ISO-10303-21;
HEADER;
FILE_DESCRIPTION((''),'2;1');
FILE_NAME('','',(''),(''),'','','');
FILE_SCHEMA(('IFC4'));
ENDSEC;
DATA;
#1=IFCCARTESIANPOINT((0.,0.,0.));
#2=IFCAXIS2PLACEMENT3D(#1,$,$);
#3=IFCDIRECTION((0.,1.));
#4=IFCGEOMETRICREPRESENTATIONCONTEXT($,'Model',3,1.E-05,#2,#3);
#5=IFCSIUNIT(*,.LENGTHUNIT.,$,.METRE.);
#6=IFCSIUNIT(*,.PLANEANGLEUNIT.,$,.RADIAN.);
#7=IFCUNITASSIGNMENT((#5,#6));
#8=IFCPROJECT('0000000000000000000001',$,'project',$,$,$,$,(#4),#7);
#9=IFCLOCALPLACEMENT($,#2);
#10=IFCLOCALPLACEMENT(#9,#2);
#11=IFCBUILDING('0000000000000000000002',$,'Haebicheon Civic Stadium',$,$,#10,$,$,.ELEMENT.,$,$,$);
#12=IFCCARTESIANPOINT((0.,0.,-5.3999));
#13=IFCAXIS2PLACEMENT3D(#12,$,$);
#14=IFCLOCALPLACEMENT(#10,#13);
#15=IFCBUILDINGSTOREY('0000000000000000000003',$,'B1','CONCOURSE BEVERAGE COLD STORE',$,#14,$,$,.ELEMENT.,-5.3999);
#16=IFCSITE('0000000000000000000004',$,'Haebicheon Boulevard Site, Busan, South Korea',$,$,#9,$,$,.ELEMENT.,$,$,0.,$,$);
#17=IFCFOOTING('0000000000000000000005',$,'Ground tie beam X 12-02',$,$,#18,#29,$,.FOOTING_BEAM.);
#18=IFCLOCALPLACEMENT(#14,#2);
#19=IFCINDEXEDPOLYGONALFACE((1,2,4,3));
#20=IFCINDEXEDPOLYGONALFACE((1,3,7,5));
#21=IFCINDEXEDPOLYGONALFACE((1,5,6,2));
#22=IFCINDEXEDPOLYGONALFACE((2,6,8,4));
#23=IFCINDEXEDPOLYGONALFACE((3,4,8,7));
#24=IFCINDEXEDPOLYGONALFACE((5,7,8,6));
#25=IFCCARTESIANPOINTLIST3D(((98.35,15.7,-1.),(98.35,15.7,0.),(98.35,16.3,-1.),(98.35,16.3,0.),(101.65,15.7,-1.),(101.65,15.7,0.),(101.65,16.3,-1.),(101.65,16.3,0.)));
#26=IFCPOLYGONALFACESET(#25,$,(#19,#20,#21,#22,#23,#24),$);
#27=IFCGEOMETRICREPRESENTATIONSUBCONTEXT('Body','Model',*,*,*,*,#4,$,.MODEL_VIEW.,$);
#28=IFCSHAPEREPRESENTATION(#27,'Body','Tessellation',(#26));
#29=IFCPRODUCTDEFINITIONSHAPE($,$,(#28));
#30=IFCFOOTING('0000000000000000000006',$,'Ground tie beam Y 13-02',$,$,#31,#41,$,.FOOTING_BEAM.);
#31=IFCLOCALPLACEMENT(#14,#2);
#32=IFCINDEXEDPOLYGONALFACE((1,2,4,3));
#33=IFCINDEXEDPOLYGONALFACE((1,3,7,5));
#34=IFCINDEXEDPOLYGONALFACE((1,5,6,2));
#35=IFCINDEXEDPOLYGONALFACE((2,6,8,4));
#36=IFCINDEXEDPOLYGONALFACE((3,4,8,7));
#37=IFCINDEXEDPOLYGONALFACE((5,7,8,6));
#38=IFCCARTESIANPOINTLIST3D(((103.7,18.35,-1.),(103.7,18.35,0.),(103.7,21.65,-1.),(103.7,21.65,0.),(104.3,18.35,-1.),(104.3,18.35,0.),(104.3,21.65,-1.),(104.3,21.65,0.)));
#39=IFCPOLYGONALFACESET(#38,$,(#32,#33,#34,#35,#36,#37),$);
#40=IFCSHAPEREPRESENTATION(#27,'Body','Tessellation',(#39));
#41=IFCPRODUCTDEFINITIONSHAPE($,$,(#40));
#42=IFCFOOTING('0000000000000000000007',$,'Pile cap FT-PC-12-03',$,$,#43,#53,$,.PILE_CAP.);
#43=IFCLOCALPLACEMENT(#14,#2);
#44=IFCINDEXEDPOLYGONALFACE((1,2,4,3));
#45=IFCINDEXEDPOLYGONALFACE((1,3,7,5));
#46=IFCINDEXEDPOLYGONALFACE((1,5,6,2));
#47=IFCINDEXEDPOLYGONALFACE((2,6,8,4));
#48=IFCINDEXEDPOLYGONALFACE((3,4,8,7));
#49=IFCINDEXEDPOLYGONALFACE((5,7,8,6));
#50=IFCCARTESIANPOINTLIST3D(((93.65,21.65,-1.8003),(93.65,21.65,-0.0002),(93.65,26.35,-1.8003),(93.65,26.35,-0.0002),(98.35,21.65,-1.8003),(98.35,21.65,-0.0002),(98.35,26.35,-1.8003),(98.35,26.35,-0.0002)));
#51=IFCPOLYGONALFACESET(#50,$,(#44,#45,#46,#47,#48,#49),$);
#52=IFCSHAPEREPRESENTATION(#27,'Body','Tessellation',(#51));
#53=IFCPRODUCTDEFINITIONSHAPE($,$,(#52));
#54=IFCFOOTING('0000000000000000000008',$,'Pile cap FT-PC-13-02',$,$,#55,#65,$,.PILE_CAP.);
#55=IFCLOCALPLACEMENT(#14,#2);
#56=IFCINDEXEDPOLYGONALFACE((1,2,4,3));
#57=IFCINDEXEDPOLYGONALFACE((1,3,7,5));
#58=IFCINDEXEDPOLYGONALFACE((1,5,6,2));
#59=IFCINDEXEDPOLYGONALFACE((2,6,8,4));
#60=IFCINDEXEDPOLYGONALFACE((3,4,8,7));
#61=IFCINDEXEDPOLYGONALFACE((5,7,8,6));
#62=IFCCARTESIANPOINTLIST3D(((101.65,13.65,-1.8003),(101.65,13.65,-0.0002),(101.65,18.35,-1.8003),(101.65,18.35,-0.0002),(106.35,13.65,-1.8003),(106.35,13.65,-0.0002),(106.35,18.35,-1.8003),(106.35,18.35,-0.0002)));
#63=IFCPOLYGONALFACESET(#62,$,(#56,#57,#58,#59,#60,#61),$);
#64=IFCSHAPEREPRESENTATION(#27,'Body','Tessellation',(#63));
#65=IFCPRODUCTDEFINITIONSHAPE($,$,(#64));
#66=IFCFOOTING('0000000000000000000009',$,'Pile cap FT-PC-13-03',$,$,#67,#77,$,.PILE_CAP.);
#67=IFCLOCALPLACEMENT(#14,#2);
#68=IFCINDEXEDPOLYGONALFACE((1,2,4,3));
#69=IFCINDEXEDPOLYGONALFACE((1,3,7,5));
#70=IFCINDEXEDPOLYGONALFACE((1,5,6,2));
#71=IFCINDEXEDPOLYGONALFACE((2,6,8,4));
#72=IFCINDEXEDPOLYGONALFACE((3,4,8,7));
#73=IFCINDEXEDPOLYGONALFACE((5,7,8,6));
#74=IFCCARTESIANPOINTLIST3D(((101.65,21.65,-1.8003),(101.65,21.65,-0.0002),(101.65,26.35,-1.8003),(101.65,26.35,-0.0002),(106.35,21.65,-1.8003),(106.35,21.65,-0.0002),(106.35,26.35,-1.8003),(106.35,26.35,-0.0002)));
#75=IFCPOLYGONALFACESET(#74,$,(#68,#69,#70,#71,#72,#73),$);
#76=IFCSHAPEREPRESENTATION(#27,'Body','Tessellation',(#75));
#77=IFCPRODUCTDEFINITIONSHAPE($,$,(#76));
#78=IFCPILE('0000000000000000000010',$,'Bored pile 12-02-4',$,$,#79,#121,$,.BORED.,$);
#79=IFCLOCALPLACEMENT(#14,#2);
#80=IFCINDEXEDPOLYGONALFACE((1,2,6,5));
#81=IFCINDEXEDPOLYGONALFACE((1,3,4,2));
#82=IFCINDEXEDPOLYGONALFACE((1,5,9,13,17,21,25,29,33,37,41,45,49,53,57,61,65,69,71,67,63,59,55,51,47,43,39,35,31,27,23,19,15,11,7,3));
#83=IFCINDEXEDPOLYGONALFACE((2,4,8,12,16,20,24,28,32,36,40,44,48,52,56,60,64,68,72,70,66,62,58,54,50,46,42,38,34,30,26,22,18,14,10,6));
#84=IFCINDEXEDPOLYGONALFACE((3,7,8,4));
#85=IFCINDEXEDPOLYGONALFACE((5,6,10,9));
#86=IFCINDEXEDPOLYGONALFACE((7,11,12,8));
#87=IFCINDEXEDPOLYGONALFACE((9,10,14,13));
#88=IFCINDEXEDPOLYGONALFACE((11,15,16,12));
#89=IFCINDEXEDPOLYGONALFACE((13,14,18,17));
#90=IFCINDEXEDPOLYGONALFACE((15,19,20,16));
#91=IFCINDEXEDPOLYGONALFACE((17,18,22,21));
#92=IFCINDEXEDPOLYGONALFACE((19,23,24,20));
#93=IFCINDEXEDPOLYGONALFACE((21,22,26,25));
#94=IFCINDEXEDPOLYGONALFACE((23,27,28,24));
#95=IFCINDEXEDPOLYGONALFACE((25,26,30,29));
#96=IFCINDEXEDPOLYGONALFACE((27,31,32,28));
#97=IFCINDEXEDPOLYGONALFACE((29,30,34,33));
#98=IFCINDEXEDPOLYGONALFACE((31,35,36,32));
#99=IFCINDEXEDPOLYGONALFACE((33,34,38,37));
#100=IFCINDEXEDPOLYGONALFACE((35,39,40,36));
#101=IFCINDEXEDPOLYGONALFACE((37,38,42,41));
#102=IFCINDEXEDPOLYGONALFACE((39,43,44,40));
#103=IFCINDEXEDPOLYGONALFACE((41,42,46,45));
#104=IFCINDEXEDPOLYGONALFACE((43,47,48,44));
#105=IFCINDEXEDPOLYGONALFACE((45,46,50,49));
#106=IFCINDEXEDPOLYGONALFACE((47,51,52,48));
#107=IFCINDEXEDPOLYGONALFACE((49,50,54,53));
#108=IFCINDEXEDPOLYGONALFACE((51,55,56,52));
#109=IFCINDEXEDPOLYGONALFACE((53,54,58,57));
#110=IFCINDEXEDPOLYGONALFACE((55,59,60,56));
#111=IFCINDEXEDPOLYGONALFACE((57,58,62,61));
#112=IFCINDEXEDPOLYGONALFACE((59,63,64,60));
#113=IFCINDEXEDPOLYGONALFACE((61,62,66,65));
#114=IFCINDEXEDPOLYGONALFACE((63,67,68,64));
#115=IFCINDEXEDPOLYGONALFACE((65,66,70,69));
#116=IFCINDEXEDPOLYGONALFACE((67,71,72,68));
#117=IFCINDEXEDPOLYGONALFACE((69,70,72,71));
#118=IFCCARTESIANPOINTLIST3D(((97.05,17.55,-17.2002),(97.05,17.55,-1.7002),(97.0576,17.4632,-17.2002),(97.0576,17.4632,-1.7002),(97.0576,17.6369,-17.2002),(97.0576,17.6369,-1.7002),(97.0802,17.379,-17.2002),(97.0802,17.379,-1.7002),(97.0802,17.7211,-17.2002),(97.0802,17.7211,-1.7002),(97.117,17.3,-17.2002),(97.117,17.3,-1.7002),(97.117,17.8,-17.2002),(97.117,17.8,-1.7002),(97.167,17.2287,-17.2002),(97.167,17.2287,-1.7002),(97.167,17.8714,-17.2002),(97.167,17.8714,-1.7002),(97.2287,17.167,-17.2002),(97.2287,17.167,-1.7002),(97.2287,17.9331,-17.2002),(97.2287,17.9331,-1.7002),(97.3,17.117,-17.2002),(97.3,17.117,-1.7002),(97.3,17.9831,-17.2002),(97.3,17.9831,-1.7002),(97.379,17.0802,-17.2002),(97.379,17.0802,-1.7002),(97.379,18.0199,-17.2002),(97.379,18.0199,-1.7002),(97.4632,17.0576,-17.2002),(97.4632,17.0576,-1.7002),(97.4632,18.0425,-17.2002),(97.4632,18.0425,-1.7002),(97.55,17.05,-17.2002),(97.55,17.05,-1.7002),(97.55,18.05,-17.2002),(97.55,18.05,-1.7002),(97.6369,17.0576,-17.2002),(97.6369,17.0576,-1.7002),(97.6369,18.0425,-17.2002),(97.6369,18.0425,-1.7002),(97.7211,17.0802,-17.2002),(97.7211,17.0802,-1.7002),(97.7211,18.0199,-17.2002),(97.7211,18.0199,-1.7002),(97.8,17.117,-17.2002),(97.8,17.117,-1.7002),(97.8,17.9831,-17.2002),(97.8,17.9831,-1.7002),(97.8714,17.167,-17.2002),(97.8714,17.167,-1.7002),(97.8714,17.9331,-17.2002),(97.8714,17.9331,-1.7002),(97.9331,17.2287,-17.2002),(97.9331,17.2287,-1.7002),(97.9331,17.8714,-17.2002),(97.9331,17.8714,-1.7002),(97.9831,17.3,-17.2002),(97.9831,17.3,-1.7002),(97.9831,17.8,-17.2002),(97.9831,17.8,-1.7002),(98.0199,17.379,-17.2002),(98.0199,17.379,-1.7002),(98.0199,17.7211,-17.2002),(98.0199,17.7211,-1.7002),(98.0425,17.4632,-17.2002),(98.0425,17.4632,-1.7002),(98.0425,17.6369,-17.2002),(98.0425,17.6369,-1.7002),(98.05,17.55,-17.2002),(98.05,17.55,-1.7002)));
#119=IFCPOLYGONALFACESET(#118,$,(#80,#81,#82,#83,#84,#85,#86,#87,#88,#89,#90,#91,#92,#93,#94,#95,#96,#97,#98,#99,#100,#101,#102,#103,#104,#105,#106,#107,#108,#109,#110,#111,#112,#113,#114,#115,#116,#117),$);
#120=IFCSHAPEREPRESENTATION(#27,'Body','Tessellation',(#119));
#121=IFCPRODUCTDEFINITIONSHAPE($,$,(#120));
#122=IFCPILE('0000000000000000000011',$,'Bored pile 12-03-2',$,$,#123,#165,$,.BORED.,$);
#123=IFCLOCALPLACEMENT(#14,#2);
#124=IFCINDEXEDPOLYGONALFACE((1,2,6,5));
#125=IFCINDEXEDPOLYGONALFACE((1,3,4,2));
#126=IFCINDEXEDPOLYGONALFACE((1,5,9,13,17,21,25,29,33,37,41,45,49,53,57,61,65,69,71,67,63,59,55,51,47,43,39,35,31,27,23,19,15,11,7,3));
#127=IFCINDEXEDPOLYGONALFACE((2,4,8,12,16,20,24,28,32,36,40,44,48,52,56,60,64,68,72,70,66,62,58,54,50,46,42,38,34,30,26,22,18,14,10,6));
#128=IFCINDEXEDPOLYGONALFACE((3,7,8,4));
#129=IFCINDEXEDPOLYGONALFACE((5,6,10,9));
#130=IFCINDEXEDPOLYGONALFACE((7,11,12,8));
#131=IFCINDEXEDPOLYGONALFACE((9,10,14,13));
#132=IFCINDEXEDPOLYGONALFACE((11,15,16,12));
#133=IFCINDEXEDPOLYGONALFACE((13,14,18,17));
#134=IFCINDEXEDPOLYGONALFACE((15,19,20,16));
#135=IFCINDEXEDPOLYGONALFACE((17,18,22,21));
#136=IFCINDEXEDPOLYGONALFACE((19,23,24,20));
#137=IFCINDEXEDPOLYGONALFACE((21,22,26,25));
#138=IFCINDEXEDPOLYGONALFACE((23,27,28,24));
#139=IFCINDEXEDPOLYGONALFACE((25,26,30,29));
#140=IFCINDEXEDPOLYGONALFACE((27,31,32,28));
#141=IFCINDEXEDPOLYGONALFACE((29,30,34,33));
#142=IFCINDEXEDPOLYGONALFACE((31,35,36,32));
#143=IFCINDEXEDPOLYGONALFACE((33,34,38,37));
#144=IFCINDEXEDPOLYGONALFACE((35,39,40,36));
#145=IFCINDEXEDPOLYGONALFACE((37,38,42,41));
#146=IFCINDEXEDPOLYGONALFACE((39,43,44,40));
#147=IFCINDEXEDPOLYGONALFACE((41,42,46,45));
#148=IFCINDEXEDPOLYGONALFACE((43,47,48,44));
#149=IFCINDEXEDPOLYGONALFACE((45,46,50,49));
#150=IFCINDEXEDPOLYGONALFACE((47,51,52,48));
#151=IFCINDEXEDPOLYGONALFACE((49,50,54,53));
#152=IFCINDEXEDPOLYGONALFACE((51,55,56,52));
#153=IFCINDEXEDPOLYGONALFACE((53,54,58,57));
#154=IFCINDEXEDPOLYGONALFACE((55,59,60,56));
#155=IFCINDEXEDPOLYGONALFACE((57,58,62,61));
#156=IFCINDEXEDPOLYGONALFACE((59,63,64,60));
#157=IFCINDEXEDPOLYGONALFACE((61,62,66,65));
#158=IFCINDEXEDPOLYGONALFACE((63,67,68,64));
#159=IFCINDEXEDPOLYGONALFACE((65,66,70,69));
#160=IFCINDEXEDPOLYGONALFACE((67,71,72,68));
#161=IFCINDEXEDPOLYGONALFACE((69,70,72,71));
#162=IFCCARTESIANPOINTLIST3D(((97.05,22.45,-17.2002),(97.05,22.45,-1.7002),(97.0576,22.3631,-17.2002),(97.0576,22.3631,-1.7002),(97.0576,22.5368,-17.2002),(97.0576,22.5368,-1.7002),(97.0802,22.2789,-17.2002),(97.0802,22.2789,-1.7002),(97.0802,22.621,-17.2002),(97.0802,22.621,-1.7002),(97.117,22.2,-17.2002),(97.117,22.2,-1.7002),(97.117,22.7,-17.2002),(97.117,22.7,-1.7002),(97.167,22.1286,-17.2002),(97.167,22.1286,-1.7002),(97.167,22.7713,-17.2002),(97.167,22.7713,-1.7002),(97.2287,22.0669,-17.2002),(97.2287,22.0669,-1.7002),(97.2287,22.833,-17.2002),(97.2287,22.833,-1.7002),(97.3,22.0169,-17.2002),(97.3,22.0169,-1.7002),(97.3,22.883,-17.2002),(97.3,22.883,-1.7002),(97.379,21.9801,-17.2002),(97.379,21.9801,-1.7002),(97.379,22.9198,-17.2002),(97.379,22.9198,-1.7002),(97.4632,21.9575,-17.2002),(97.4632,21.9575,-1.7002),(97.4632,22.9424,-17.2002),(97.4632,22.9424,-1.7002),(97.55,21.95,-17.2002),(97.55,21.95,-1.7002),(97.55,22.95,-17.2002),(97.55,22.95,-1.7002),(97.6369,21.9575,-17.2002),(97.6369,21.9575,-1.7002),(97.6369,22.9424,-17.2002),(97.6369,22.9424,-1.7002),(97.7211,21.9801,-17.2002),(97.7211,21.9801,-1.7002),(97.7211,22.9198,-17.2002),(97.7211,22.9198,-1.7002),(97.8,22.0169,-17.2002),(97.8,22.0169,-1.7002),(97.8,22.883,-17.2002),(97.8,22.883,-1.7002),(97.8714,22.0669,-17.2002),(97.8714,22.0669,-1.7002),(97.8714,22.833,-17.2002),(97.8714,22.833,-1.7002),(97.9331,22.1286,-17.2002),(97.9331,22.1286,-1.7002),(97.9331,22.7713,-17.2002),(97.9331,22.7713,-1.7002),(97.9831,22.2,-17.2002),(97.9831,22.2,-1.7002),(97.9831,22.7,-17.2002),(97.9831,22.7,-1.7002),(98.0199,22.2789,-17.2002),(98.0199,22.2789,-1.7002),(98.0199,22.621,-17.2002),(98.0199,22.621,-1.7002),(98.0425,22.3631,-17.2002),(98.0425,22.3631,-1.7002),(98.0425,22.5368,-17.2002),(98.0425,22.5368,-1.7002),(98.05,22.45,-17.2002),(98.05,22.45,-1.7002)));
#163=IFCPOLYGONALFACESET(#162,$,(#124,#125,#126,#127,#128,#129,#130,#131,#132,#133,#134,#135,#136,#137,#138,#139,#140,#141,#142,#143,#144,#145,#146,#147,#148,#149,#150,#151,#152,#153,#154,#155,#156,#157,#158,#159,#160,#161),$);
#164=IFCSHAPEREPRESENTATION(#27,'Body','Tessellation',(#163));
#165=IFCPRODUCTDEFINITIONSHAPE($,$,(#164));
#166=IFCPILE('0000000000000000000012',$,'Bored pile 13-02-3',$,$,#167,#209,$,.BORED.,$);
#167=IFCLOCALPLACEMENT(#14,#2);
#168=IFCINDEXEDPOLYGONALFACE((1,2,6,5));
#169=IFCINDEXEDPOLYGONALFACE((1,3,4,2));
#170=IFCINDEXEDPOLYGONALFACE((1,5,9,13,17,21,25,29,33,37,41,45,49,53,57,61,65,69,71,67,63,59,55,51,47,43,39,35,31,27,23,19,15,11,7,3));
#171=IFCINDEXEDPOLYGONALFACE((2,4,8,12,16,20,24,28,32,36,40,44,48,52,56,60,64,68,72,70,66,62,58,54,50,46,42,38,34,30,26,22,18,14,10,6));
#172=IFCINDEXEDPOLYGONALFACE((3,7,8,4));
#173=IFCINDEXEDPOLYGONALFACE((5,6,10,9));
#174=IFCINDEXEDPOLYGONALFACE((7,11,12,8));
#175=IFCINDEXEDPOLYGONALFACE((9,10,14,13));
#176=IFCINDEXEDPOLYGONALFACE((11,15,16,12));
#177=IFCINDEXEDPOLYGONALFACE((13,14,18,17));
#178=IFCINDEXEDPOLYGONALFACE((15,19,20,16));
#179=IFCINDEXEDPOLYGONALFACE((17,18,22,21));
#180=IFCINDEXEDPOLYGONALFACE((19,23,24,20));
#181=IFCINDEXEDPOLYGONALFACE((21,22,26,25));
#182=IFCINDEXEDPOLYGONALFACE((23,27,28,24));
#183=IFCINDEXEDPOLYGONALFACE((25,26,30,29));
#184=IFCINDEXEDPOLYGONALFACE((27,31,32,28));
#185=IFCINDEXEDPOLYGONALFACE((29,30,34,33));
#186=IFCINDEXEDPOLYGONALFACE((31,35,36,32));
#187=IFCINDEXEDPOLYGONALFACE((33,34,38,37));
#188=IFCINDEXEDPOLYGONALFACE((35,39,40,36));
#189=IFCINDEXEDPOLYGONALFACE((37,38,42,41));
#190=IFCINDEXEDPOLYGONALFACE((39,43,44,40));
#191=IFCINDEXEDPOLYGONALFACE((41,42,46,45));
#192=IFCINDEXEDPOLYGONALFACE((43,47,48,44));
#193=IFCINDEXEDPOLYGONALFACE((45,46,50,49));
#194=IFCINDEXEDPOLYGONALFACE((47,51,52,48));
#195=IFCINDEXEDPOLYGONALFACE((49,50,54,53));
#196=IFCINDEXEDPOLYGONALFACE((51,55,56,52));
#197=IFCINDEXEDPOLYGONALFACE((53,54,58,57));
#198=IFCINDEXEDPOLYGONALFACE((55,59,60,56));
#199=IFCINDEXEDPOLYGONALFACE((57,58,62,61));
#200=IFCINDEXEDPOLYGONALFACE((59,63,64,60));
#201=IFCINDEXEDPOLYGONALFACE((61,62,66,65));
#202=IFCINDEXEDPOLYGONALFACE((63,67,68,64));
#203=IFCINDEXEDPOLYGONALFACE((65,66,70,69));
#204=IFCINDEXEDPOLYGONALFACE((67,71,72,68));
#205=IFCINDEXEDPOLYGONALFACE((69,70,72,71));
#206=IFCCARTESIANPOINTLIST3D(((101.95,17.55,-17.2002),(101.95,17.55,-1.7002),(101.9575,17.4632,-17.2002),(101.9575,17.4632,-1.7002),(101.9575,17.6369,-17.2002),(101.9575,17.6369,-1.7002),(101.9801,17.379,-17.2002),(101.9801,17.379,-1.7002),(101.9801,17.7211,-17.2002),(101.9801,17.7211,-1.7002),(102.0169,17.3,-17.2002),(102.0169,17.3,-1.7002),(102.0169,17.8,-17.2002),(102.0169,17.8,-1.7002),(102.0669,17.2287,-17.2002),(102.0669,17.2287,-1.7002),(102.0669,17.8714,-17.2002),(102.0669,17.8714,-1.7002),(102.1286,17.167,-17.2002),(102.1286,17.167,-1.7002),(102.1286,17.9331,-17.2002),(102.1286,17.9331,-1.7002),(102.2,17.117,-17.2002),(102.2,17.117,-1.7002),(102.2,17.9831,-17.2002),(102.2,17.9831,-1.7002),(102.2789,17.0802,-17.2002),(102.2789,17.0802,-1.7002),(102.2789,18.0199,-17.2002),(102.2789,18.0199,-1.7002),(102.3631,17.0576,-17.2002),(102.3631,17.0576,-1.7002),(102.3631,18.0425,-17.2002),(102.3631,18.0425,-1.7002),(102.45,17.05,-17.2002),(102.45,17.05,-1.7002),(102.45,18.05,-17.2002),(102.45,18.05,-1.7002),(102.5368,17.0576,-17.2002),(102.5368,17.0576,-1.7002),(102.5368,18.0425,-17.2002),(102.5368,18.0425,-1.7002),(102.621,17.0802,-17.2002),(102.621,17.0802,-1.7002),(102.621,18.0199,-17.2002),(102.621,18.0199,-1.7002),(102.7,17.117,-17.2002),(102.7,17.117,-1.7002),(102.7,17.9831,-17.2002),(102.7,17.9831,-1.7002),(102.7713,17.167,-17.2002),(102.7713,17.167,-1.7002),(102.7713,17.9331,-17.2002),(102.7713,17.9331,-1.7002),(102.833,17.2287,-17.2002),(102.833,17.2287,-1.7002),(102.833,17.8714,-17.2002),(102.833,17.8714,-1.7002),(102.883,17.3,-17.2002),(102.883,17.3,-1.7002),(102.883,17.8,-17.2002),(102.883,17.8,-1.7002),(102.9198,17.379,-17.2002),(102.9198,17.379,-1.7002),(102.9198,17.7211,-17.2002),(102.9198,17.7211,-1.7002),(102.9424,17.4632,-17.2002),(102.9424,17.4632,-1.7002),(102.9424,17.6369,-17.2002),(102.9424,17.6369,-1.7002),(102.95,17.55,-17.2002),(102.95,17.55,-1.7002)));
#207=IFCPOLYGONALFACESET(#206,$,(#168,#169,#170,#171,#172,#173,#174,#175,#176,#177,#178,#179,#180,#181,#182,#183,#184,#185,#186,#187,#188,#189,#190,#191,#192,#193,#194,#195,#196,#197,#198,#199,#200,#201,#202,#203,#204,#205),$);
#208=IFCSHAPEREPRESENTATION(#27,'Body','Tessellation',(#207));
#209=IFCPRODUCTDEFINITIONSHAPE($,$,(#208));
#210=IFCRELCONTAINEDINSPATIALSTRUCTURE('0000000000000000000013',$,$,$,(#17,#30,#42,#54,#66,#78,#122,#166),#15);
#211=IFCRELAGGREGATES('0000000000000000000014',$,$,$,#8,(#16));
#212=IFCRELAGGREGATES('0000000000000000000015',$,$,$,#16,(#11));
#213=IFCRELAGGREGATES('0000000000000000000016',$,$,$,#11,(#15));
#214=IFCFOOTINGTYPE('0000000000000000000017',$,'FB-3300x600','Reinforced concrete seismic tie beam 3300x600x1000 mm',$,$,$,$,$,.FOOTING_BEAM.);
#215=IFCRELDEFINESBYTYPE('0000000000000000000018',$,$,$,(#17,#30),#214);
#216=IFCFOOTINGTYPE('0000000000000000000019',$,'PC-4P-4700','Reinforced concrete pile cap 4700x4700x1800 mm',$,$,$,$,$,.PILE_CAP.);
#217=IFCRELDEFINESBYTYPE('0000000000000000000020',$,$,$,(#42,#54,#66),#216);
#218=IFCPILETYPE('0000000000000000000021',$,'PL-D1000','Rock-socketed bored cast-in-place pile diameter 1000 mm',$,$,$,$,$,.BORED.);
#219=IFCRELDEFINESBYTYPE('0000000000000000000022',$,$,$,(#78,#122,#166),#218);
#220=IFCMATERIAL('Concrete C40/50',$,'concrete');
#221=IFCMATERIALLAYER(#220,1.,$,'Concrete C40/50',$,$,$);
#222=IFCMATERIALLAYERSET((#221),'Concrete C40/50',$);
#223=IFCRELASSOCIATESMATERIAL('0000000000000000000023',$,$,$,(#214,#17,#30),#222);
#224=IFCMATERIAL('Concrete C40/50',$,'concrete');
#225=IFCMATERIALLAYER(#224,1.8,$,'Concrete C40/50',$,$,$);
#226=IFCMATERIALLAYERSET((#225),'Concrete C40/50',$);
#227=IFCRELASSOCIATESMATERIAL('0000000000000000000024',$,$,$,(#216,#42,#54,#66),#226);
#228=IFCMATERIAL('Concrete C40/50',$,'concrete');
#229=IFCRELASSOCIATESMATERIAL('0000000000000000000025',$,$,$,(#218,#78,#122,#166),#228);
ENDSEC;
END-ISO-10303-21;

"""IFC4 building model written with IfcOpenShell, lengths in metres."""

from ifc_helpers import new_model, si_unit, direction, frame, origin, origin_2d, place, context, subcontext, project, spatial, rectangle, circle, extrude, material, layer, layer_set, material_profile, profile_set, type_object, element, save


model = new_model("IFC4")

# Units and contexts
model_context = context("Model", 3, precision=1e-05, world=origin(), true_north=direction((0.0, 1.0)))
body_context = subcontext(model_context, "Body", "Model", "MODEL_VIEW")
ifc_project = project(units=[si_unit("LENGTHUNIT", "METRE"), si_unit("PLANEANGLEUNIT", "RADIAN")], contexts=[model_context])

# Site, building, storey
site_placement = place(None, origin())
site = spatial("IfcSite", under=ifc_project, at=site_placement, Name="Haebicheon Boulevard Site, Busan, South Korea", CompositionType="ELEMENT", RefElevation=0.0)
building_placement = place(site_placement, origin())
building = spatial("IfcBuilding", under=site, at=building_placement, Name="Haebicheon Civic Stadium", CompositionType="ELEMENT")
storey_placement = place(building_placement, frame((0.0, 0.0, -5.3999)))
storey = spatial("IfcBuildingStorey", under=building, at=storey_placement, Name="B1", Description="CONCOURSE BEVERAGE COLD STORE", CompositionType="ELEMENT", Elevation=-5.3999)

# Footings
ifc_material_1 = material(Name="Concrete C40/50", Category="concrete")
ifc_layer_1 = layer(ifc_material_1, 1.0, Name="Concrete C40/50")
ifc_layer_set_1 = layer_set([ifc_layer_1], Name="Concrete C40/50")
footing_type_1 = type_object("IfcFootingType", Name="FB-3300x600", Description="Reinforced concrete seismic tie beam 3300x600x1000 mm", PredefinedType="FOOTING_BEAM", material=ifc_layer_set_1)
for number, where, z_axis, x_axis, name in (
    (1, (100.0, 16.0, -1.0), (0.0, 0.0, 1.0), (1.0, 0.0, 0.0), "Ground tie beam X 12-02"),
    (2, (104.0, 20.0, -1.0), (0.0, 0.0, 1.0), (0.0, 1.0, 0.0), "Ground tie beam Y 13-02"),
):
    element("IfcFooting", number, at=place(storey_placement, frame(where, z_axis=z_axis, x_axis=x_axis)), inside=storey, type_object=footing_type_1, material=ifc_layer_set_1, Name=name, PredefinedType="FOOTING_BEAM", context=body_context, shape_type="SweptSolid", body=[
        extrude(rectangle(XDim=3.3, YDim=0.6001, at=origin_2d()), origin(), (0.0, 0.0, 1.0), 1.0),
    ])
ifc_material_2 = material(Name="Concrete C40/50", Category="concrete")
ifc_layer_2 = layer(ifc_material_2, 1.8, Name="Concrete C40/50")
ifc_layer_set_2 = layer_set([ifc_layer_2], Name="Concrete C40/50")
footing_type_2 = type_object("IfcFootingType", Name="PC-4P-4700", Description="Reinforced concrete pile cap 4700x4700x1800 mm", PredefinedType="PILE_CAP", material=ifc_layer_set_2)
for number, where, z_axis, x_axis, name in (
    (3, (96.0, 24.0, -1.8003), (0.0, 0.0, 1.0), (1.0, 0.0, 0.0), "Pile cap FT-PC-12-03"),
    (4, (104.0, 16.0, -1.8003), (0.0, 0.0, 1.0), (1.0, 0.0, 0.0), "Pile cap FT-PC-13-02"),
    (5, (104.0, 24.0, -1.8003), (0.0, 0.0, 1.0), (1.0, 0.0, 0.0), "Pile cap FT-PC-13-03"),
):
    element("IfcFooting", number, at=place(storey_placement, frame(where, z_axis=z_axis, x_axis=x_axis)), inside=storey, type_object=footing_type_2, material=ifc_layer_set_2, Name=name, PredefinedType="PILE_CAP", context=body_context, shape_type="SweptSolid", body=[
        extrude(rectangle(XDim=4.7, YDim=4.7, at=origin_2d()), origin(), (0.0, 0.0, 1.0), 1.8),
    ])

# Piles
ifc_material_3 = material(Name="Concrete C40/50", Category="concrete")
ifc_material_profile_1 = material_profile(ifc_material_3, circle(Radius=0.5, at=origin_2d()), Name="PILE-D1000")
ifc_profile_set_1 = profile_set([ifc_material_profile_1], Name="Concrete C40/50")
pile_type = type_object("IfcPileType", Name="PL-D1000", Description="Rock-socketed bored cast-in-place pile diameter 1000 mm", PredefinedType="BORED", material=ifc_profile_set_1)
for number, where, z_axis, x_axis, name in (
    (6, (97.55, 17.55, -1.7002), (0.0, 0.0, -1.0), (1.0, 0.0, 0.0), "Bored pile 12-02-4"),
    (7, (97.55, 22.45, -1.7002), (0.0, 0.0, -1.0), (1.0, 0.0, 0.0), "Bored pile 12-03-2"),
    (8, (102.45, 17.55, -1.7002), (0.0, 0.0, -1.0), (1.0, 0.0, 0.0), "Bored pile 13-02-3"),
):
    element("IfcPile", number, at=place(storey_placement, frame(where, z_axis=z_axis, x_axis=x_axis)), inside=storey, type_object=pile_type, material=ifc_profile_set_1, Name=name, PredefinedType="BORED", context=body_context, shape_type="SweptSolid", body=[
        extrude(circle(Radius=0.5, at=origin_2d()), origin(), (0.0, 0.0, 1.0), 15.5),
    ])

save(model, "model.ifc")
